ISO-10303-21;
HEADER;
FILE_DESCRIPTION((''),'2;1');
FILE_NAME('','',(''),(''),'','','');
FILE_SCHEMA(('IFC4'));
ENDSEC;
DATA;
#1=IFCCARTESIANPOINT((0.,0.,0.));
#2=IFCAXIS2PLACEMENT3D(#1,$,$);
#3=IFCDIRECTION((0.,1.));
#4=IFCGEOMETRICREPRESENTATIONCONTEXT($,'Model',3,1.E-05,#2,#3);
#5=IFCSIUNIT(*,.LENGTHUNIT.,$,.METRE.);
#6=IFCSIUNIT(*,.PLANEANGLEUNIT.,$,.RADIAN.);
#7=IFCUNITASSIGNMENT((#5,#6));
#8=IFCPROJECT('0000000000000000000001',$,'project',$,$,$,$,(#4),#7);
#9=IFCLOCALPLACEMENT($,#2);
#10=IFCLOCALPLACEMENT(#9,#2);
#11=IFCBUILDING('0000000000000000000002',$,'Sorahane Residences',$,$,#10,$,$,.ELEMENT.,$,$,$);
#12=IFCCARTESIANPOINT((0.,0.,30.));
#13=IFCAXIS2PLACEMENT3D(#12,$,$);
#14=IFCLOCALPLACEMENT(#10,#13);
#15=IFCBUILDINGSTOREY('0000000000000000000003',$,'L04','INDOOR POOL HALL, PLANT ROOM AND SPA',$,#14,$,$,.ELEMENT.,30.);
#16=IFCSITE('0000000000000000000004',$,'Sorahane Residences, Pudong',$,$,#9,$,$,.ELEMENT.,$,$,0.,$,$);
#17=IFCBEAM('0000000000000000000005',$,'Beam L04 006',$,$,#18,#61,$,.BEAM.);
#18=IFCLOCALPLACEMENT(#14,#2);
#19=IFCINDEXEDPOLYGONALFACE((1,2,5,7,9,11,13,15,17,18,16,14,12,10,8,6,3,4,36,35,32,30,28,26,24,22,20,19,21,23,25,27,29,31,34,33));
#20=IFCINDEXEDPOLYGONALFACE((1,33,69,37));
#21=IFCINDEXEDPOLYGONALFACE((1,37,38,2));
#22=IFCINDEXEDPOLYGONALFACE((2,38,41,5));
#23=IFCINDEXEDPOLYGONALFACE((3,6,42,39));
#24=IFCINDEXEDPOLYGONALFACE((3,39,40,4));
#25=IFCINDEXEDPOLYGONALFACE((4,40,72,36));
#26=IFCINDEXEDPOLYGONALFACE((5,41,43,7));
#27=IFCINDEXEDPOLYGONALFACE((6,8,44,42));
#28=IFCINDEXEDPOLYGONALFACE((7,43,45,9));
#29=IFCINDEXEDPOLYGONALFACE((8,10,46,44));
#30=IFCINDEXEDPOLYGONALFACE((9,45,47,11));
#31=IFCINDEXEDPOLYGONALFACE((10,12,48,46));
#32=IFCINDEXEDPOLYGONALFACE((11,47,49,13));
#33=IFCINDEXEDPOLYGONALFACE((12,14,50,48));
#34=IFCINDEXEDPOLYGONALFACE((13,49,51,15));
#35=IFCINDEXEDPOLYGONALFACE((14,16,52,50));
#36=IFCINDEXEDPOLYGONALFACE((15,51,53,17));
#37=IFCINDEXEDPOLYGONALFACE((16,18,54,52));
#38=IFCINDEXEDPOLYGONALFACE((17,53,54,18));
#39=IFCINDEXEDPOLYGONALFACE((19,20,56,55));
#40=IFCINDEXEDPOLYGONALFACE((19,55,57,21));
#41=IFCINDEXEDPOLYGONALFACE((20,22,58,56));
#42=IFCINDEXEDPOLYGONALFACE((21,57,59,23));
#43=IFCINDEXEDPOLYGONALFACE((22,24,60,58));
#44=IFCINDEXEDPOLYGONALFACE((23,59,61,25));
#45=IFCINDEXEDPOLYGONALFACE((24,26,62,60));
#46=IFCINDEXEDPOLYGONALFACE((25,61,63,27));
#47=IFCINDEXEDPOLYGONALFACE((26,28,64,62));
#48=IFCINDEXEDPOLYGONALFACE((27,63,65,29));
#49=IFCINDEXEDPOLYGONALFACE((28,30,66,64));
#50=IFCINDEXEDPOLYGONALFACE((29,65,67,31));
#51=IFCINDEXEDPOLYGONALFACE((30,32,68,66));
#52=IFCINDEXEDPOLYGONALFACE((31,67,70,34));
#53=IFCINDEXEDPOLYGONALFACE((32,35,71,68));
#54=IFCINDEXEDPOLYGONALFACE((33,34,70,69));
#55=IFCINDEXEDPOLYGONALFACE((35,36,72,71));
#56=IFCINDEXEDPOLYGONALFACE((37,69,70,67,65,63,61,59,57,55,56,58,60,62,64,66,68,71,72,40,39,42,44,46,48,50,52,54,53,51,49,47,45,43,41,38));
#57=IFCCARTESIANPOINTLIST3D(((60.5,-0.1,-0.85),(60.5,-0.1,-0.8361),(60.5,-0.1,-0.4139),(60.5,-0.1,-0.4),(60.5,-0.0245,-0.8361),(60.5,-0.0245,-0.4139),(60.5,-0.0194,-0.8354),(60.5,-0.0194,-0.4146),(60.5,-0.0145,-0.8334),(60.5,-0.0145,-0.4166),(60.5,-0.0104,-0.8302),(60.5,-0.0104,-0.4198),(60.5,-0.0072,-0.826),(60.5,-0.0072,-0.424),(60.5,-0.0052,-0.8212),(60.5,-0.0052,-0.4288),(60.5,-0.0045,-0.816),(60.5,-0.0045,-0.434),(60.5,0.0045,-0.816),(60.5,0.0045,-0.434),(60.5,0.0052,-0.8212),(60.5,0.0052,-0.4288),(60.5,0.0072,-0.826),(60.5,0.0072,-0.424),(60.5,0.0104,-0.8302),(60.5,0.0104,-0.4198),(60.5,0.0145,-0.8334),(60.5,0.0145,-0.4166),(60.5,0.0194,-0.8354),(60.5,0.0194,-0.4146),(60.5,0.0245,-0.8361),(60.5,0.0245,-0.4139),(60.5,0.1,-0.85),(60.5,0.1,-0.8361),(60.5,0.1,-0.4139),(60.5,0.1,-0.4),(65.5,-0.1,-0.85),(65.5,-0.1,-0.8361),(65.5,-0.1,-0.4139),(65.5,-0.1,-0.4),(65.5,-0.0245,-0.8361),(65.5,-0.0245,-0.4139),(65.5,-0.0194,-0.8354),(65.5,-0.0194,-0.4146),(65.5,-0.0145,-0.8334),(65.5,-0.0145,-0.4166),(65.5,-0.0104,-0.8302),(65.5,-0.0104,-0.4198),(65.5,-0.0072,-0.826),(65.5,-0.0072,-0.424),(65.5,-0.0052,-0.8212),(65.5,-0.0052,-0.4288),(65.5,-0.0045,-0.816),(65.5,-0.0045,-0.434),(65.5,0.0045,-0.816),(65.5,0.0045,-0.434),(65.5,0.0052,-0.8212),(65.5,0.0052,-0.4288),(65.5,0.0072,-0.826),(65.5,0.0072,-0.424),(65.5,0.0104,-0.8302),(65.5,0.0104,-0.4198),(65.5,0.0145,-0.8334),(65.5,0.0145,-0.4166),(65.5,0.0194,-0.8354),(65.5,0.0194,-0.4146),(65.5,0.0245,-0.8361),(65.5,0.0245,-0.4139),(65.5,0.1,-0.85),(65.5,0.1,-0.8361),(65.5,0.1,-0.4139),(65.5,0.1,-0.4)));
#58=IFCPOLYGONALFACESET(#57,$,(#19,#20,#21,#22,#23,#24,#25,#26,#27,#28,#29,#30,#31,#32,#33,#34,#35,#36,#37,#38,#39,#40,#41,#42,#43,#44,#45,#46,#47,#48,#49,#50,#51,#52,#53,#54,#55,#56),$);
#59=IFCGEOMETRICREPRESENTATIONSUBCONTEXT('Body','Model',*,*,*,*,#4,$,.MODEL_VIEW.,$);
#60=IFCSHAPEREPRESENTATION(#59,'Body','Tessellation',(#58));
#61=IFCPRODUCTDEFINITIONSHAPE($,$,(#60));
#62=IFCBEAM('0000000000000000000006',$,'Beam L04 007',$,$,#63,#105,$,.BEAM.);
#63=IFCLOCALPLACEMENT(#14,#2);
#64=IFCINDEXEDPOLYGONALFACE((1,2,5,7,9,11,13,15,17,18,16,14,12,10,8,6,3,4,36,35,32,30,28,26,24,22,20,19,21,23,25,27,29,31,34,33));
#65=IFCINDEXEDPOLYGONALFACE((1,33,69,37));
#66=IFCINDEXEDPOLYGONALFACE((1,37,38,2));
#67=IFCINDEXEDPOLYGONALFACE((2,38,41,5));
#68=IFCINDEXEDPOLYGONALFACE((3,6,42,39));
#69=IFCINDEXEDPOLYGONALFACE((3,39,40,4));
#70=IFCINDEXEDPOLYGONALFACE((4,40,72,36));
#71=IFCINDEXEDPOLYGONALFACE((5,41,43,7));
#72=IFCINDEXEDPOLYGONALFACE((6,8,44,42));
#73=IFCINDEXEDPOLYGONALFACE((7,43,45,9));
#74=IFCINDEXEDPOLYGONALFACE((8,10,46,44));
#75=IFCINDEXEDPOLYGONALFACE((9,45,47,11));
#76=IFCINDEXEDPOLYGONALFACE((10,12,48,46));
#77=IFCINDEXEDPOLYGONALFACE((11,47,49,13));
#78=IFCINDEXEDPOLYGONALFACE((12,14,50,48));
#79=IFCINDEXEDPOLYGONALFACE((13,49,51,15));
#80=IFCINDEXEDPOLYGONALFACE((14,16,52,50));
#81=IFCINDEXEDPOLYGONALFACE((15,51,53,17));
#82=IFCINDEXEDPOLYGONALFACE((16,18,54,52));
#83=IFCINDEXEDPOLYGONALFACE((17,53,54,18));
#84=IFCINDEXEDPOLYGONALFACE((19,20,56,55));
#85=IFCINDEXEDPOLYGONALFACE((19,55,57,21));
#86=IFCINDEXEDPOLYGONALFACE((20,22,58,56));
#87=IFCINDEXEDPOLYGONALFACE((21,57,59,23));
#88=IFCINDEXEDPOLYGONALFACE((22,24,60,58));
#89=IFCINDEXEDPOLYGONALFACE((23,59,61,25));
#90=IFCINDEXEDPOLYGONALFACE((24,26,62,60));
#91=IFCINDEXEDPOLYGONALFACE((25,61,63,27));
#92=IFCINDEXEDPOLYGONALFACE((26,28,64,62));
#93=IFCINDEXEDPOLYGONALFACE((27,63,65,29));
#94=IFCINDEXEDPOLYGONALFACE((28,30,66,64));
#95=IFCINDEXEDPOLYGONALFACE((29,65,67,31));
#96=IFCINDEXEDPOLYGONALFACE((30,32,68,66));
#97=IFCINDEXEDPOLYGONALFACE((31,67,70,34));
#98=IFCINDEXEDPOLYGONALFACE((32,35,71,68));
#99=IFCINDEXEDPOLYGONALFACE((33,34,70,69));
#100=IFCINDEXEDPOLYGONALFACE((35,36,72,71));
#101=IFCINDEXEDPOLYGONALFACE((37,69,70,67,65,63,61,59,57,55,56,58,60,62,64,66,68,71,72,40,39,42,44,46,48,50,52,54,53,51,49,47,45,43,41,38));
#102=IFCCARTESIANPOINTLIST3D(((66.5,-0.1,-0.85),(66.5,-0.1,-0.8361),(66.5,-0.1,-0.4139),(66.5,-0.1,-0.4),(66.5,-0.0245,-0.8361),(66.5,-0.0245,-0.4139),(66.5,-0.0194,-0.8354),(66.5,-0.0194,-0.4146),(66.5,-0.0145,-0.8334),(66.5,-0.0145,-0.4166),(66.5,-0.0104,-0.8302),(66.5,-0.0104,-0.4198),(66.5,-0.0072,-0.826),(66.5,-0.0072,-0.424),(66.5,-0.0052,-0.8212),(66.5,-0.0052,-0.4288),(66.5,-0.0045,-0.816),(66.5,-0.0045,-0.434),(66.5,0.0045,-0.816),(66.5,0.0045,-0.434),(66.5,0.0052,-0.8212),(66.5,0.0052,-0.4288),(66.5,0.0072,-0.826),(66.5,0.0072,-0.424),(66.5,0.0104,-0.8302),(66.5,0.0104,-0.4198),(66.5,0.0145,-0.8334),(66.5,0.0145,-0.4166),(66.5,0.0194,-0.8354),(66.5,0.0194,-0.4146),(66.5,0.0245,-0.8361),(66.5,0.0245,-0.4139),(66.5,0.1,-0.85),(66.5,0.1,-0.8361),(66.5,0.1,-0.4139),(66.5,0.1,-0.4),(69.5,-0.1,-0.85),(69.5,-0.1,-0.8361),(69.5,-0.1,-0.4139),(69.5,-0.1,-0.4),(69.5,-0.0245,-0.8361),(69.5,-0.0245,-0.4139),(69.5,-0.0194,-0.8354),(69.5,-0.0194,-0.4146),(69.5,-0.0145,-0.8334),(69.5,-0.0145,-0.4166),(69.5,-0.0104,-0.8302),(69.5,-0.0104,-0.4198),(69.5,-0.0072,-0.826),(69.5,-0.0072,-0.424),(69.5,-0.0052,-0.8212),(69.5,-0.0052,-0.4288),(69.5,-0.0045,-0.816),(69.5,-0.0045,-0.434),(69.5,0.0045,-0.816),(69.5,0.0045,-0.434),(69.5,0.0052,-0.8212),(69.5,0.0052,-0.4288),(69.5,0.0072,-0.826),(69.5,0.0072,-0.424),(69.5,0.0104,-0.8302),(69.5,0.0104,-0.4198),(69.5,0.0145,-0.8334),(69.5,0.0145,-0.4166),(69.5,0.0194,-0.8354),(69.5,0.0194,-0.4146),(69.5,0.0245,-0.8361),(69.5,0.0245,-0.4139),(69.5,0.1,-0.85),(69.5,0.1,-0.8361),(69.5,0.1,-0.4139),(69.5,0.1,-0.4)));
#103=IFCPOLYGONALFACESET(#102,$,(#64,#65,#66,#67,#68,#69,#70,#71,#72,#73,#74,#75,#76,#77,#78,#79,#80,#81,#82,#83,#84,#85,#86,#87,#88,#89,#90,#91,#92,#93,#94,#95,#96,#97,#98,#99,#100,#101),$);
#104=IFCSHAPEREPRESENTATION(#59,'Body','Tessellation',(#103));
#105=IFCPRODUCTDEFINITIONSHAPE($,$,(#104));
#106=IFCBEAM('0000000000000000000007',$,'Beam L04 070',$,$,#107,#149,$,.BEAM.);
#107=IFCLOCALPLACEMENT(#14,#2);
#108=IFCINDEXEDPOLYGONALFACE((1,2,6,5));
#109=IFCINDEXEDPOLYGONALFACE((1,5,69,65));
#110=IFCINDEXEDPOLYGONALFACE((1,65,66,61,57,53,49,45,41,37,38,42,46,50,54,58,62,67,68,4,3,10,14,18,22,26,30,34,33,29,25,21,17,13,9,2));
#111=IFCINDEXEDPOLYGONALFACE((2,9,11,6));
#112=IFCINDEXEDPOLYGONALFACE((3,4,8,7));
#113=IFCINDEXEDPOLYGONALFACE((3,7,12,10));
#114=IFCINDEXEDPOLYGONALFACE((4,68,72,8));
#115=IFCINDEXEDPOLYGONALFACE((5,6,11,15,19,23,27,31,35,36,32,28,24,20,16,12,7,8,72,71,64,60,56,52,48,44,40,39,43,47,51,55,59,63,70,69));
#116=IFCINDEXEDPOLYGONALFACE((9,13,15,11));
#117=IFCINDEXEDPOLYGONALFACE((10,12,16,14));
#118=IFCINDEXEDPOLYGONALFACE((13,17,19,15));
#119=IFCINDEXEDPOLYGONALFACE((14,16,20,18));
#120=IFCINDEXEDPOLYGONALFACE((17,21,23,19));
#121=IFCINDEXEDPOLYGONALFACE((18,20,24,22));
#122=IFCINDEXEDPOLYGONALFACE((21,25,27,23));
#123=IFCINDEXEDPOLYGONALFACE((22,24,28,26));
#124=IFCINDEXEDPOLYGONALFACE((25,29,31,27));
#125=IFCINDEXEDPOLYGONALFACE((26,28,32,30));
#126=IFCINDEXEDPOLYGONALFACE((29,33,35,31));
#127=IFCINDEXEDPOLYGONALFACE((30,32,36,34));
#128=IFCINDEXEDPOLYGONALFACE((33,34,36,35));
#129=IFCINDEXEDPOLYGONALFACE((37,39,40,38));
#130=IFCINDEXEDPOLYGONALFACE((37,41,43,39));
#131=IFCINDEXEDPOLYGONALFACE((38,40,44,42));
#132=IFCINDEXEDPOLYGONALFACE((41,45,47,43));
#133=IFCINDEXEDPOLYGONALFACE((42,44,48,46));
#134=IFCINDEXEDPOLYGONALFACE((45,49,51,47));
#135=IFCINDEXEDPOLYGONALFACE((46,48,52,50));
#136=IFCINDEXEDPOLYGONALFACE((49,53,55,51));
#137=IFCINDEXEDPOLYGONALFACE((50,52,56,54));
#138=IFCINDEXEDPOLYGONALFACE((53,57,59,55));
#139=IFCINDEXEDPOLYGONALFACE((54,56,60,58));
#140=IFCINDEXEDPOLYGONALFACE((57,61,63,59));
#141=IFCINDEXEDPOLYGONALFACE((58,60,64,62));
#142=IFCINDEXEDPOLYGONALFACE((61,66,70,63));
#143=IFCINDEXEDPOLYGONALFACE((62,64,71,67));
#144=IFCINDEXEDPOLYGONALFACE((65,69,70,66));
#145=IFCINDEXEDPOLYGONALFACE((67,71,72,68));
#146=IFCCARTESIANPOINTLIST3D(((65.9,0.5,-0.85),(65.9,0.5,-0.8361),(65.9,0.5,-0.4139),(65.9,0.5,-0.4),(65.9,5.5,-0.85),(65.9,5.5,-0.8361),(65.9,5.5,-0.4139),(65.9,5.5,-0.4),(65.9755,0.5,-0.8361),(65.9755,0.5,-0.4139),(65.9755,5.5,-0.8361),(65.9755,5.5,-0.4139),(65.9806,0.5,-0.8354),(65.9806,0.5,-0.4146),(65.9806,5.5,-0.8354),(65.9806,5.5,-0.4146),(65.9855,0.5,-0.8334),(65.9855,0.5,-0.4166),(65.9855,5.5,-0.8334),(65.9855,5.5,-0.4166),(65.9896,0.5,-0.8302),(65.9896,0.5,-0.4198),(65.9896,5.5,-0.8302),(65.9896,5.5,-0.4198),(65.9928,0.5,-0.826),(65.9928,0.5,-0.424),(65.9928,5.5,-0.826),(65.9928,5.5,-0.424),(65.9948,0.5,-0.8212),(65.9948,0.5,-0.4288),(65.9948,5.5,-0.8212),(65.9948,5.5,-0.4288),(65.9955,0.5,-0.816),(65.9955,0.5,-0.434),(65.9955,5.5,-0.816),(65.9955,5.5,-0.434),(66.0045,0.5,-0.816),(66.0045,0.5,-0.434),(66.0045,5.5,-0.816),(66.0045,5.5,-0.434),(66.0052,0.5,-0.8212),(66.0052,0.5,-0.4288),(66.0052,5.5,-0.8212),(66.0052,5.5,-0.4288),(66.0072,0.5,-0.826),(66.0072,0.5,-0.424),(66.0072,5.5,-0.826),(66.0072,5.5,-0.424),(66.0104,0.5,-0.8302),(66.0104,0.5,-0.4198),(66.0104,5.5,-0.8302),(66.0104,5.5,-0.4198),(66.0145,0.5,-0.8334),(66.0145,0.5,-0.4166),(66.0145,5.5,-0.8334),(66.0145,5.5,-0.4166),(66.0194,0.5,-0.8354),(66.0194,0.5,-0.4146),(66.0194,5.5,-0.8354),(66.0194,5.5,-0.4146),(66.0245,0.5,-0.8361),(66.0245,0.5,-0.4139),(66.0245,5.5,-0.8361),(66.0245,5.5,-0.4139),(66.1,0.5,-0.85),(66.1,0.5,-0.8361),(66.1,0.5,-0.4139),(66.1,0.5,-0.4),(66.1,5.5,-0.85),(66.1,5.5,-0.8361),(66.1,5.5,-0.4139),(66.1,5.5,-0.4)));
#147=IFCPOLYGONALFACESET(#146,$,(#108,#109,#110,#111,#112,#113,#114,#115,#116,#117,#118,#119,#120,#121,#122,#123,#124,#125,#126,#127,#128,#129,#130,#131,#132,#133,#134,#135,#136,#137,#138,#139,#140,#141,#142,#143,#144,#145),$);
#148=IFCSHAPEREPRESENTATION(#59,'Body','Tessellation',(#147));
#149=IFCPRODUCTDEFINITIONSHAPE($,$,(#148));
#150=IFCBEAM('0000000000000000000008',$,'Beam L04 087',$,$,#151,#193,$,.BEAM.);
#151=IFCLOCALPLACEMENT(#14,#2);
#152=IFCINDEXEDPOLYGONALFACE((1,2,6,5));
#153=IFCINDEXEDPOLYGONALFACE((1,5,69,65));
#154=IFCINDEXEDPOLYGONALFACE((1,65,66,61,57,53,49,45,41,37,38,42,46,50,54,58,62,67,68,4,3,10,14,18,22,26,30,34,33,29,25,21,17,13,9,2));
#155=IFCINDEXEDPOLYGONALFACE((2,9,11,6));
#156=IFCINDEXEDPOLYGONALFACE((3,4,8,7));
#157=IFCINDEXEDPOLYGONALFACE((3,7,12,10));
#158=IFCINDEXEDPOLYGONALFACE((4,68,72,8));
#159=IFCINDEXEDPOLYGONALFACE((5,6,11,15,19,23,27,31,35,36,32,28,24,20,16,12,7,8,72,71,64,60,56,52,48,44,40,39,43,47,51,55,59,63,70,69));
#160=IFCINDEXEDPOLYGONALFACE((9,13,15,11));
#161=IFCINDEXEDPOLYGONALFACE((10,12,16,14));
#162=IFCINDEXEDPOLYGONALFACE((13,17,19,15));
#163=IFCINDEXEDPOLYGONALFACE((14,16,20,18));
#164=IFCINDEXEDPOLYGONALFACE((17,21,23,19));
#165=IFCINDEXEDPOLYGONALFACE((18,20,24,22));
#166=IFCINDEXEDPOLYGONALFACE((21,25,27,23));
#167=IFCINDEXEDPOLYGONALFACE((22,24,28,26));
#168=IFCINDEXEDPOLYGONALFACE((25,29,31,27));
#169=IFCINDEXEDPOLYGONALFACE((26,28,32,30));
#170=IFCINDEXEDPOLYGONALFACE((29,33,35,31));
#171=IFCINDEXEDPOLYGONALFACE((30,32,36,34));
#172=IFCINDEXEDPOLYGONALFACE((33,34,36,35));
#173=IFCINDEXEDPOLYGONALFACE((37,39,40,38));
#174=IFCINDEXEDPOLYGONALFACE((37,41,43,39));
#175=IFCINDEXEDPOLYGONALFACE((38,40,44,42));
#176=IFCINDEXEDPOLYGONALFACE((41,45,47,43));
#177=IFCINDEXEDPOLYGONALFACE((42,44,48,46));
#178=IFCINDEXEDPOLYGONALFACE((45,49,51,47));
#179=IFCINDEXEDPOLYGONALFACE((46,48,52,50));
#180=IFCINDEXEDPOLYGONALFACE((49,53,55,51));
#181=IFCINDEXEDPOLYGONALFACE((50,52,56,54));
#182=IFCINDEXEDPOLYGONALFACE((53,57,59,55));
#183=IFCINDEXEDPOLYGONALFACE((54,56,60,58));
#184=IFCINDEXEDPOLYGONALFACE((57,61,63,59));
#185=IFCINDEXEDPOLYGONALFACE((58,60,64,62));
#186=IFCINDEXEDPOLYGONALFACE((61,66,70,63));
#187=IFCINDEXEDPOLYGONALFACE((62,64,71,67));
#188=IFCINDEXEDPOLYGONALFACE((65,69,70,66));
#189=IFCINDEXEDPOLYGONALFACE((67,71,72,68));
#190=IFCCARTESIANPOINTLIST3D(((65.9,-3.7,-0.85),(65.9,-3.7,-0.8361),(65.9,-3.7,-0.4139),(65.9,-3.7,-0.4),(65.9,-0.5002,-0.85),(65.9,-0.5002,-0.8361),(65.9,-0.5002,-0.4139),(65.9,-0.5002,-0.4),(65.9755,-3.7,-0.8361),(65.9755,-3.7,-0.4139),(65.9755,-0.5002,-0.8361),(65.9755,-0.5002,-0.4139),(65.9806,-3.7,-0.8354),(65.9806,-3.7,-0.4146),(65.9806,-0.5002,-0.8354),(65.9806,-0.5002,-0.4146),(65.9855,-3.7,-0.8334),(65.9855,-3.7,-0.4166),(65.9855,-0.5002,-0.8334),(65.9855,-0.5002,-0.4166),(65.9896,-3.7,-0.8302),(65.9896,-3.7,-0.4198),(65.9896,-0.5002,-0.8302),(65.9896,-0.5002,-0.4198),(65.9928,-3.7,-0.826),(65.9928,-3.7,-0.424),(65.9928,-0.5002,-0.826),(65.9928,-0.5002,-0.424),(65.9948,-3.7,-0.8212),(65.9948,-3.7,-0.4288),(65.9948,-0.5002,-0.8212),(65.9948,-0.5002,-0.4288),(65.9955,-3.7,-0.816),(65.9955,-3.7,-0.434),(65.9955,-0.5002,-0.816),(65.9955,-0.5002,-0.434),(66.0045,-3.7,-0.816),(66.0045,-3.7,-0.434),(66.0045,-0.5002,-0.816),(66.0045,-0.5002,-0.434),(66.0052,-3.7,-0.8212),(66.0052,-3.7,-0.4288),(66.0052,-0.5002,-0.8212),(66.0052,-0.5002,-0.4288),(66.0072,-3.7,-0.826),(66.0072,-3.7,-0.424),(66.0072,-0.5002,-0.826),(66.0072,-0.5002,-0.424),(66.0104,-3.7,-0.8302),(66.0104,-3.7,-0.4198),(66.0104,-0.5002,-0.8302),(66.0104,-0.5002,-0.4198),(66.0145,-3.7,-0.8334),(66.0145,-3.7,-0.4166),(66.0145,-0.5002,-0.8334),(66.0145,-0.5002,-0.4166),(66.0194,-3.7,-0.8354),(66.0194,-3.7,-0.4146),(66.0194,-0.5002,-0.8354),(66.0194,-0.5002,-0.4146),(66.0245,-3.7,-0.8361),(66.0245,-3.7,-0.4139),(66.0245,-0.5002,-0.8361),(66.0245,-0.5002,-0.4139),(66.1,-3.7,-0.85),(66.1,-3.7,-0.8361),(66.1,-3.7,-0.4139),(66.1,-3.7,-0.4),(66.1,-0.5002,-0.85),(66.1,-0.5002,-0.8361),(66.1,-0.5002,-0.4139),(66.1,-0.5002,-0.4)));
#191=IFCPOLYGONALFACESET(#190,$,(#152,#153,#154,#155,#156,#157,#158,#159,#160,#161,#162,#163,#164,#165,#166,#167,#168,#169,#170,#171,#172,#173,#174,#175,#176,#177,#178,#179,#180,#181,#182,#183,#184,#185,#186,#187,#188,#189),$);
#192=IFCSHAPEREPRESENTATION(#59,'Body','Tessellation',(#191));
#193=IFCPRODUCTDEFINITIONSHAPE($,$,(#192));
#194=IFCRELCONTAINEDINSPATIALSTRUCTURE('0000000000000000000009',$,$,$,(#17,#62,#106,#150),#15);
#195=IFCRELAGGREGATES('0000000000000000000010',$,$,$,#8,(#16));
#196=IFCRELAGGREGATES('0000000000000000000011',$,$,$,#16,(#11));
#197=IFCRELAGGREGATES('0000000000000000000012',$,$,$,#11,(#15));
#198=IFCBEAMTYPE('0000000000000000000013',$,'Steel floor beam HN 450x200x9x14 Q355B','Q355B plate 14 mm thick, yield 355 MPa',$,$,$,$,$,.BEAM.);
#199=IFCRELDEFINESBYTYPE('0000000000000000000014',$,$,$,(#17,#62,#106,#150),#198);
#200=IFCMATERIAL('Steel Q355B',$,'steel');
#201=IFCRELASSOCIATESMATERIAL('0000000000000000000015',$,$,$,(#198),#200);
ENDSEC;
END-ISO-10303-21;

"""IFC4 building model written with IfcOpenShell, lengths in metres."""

from ifc_helpers import new_model, si_unit, direction, frame, origin, origin_2d, place, context, subcontext, project, spatial, i_section, extrude, material, material_profile, profile_set, type_object, element, save


model = new_model("IFC4")

# Units and contexts
model_context = context("Model", 3, precision=1e-05, world=origin(), true_north=direction((0.0, 1.0)))
body_context = subcontext(model_context, "Body", "Model", "MODEL_VIEW")
ifc_project = project(units=[si_unit("LENGTHUNIT", "METRE"), si_unit("PLANEANGLEUNIT", "RADIAN")], contexts=[model_context])

# Site, building, storey
site_placement = place(None, origin())
site = spatial("IfcSite", under=ifc_project, at=site_placement, Name="Sorahane Residences, Pudong", CompositionType="ELEMENT", RefElevation=0.0)
building_placement = place(site_placement, origin())
building = spatial("IfcBuilding", under=site, at=building_placement, Name="Sorahane Residences", CompositionType="ELEMENT")
storey_placement = place(building_placement, frame((0.0, 0.0, 30.0)))
storey = spatial("IfcBuildingStorey", under=building, at=storey_placement, Name="L04", Description="INDOOR POOL HALL, PLANT ROOM AND SPA", CompositionType="ELEMENT", Elevation=30.0)

# Beams
ifc_material_1 = material(Name="Steel Q355B", Category="steel")
ifc_material_profile_1 = material_profile(ifc_material_1, i_section(OverallWidth=0.2, OverallDepth=0.45, WebThickness=0.009, FlangeThickness=0.0139, FilletRadius=0.02, at=origin_2d()), Name="HN 450x200x9x14")
ifc_profile_set_1 = profile_set([ifc_material_profile_1], Name="Steel Q355B")
beam_type_1 = type_object("IfcBeamType", Name="Steel floor beam HN 450x200x9x14 Q355B", Description="Q355B plate 14 mm thick, yield 355 MPa", PredefinedType="BEAM", material=ifc_profile_set_1)
beam_1_placement = place(storey_placement, frame((60.5, 0.0, -0.625), z_axis=(1.0, 0.0, 0.0), x_axis=(0.0, 1.0, 0.0)))
element("IfcBeam", 1, at=beam_1_placement, inside=storey, type_object=beam_type_1, Name="Beam L04 006", PredefinedType="BEAM", context=body_context, shape_type="SweptSolid", body=[
    extrude(i_section(OverallWidth=0.2, OverallDepth=0.45, WebThickness=0.009, FlangeThickness=0.0139, FilletRadius=0.02, at=origin_2d()), origin(), (0.0, 0.0, 1.0), 5.0),
])
beam_2_placement = place(storey_placement, frame((66.5, 0.0, -0.625), z_axis=(1.0, 0.0, 0.0), x_axis=(0.0, 1.0, 0.0)))
element("IfcBeam", 2, at=beam_2_placement, inside=storey, type_object=beam_type_1, Name="Beam L04 007", PredefinedType="BEAM", context=body_context, shape_type="SweptSolid", body=[
    extrude(i_section(OverallWidth=0.2, OverallDepth=0.45, WebThickness=0.009, FlangeThickness=0.0139, FilletRadius=0.02, at=origin_2d()), origin(), (0.0, 0.0, 1.0), 3.0),
])
beam_3_placement = place(storey_placement, frame((66.0, 0.5, -0.625), z_axis=(0.0, 1.0, 0.0), x_axis=(-1.0, 0.0, 0.0)))
element("IfcBeam", 3, at=beam_3_placement, inside=storey, type_object=beam_type_1, Name="Beam L04 070", PredefinedType="BEAM", context=body_context, shape_type="SweptSolid", body=[
    extrude(i_section(OverallWidth=0.2, OverallDepth=0.45, WebThickness=0.009, FlangeThickness=0.0139, FilletRadius=0.02, at=origin_2d()), origin(), (0.0, 0.0, 1.0), 5.0),
])
beam_4_placement = place(storey_placement, frame((66.0, -3.7, -0.625), z_axis=(0.0, 1.0, 0.0), x_axis=(-1.0, 0.0, 0.0)))
element("IfcBeam", 4, at=beam_4_placement, inside=storey, type_object=beam_type_1, Name="Beam L04 087", PredefinedType="BEAM", context=body_context, shape_type="SweptSolid", body=[
    extrude(i_section(OverallWidth=0.2, OverallDepth=0.45, WebThickness=0.009, FlangeThickness=0.0139, FilletRadius=0.02, at=origin_2d()), origin(), (0.0, 0.0, 1.0), 3.1997),
])

save(model, "model.ifc")
